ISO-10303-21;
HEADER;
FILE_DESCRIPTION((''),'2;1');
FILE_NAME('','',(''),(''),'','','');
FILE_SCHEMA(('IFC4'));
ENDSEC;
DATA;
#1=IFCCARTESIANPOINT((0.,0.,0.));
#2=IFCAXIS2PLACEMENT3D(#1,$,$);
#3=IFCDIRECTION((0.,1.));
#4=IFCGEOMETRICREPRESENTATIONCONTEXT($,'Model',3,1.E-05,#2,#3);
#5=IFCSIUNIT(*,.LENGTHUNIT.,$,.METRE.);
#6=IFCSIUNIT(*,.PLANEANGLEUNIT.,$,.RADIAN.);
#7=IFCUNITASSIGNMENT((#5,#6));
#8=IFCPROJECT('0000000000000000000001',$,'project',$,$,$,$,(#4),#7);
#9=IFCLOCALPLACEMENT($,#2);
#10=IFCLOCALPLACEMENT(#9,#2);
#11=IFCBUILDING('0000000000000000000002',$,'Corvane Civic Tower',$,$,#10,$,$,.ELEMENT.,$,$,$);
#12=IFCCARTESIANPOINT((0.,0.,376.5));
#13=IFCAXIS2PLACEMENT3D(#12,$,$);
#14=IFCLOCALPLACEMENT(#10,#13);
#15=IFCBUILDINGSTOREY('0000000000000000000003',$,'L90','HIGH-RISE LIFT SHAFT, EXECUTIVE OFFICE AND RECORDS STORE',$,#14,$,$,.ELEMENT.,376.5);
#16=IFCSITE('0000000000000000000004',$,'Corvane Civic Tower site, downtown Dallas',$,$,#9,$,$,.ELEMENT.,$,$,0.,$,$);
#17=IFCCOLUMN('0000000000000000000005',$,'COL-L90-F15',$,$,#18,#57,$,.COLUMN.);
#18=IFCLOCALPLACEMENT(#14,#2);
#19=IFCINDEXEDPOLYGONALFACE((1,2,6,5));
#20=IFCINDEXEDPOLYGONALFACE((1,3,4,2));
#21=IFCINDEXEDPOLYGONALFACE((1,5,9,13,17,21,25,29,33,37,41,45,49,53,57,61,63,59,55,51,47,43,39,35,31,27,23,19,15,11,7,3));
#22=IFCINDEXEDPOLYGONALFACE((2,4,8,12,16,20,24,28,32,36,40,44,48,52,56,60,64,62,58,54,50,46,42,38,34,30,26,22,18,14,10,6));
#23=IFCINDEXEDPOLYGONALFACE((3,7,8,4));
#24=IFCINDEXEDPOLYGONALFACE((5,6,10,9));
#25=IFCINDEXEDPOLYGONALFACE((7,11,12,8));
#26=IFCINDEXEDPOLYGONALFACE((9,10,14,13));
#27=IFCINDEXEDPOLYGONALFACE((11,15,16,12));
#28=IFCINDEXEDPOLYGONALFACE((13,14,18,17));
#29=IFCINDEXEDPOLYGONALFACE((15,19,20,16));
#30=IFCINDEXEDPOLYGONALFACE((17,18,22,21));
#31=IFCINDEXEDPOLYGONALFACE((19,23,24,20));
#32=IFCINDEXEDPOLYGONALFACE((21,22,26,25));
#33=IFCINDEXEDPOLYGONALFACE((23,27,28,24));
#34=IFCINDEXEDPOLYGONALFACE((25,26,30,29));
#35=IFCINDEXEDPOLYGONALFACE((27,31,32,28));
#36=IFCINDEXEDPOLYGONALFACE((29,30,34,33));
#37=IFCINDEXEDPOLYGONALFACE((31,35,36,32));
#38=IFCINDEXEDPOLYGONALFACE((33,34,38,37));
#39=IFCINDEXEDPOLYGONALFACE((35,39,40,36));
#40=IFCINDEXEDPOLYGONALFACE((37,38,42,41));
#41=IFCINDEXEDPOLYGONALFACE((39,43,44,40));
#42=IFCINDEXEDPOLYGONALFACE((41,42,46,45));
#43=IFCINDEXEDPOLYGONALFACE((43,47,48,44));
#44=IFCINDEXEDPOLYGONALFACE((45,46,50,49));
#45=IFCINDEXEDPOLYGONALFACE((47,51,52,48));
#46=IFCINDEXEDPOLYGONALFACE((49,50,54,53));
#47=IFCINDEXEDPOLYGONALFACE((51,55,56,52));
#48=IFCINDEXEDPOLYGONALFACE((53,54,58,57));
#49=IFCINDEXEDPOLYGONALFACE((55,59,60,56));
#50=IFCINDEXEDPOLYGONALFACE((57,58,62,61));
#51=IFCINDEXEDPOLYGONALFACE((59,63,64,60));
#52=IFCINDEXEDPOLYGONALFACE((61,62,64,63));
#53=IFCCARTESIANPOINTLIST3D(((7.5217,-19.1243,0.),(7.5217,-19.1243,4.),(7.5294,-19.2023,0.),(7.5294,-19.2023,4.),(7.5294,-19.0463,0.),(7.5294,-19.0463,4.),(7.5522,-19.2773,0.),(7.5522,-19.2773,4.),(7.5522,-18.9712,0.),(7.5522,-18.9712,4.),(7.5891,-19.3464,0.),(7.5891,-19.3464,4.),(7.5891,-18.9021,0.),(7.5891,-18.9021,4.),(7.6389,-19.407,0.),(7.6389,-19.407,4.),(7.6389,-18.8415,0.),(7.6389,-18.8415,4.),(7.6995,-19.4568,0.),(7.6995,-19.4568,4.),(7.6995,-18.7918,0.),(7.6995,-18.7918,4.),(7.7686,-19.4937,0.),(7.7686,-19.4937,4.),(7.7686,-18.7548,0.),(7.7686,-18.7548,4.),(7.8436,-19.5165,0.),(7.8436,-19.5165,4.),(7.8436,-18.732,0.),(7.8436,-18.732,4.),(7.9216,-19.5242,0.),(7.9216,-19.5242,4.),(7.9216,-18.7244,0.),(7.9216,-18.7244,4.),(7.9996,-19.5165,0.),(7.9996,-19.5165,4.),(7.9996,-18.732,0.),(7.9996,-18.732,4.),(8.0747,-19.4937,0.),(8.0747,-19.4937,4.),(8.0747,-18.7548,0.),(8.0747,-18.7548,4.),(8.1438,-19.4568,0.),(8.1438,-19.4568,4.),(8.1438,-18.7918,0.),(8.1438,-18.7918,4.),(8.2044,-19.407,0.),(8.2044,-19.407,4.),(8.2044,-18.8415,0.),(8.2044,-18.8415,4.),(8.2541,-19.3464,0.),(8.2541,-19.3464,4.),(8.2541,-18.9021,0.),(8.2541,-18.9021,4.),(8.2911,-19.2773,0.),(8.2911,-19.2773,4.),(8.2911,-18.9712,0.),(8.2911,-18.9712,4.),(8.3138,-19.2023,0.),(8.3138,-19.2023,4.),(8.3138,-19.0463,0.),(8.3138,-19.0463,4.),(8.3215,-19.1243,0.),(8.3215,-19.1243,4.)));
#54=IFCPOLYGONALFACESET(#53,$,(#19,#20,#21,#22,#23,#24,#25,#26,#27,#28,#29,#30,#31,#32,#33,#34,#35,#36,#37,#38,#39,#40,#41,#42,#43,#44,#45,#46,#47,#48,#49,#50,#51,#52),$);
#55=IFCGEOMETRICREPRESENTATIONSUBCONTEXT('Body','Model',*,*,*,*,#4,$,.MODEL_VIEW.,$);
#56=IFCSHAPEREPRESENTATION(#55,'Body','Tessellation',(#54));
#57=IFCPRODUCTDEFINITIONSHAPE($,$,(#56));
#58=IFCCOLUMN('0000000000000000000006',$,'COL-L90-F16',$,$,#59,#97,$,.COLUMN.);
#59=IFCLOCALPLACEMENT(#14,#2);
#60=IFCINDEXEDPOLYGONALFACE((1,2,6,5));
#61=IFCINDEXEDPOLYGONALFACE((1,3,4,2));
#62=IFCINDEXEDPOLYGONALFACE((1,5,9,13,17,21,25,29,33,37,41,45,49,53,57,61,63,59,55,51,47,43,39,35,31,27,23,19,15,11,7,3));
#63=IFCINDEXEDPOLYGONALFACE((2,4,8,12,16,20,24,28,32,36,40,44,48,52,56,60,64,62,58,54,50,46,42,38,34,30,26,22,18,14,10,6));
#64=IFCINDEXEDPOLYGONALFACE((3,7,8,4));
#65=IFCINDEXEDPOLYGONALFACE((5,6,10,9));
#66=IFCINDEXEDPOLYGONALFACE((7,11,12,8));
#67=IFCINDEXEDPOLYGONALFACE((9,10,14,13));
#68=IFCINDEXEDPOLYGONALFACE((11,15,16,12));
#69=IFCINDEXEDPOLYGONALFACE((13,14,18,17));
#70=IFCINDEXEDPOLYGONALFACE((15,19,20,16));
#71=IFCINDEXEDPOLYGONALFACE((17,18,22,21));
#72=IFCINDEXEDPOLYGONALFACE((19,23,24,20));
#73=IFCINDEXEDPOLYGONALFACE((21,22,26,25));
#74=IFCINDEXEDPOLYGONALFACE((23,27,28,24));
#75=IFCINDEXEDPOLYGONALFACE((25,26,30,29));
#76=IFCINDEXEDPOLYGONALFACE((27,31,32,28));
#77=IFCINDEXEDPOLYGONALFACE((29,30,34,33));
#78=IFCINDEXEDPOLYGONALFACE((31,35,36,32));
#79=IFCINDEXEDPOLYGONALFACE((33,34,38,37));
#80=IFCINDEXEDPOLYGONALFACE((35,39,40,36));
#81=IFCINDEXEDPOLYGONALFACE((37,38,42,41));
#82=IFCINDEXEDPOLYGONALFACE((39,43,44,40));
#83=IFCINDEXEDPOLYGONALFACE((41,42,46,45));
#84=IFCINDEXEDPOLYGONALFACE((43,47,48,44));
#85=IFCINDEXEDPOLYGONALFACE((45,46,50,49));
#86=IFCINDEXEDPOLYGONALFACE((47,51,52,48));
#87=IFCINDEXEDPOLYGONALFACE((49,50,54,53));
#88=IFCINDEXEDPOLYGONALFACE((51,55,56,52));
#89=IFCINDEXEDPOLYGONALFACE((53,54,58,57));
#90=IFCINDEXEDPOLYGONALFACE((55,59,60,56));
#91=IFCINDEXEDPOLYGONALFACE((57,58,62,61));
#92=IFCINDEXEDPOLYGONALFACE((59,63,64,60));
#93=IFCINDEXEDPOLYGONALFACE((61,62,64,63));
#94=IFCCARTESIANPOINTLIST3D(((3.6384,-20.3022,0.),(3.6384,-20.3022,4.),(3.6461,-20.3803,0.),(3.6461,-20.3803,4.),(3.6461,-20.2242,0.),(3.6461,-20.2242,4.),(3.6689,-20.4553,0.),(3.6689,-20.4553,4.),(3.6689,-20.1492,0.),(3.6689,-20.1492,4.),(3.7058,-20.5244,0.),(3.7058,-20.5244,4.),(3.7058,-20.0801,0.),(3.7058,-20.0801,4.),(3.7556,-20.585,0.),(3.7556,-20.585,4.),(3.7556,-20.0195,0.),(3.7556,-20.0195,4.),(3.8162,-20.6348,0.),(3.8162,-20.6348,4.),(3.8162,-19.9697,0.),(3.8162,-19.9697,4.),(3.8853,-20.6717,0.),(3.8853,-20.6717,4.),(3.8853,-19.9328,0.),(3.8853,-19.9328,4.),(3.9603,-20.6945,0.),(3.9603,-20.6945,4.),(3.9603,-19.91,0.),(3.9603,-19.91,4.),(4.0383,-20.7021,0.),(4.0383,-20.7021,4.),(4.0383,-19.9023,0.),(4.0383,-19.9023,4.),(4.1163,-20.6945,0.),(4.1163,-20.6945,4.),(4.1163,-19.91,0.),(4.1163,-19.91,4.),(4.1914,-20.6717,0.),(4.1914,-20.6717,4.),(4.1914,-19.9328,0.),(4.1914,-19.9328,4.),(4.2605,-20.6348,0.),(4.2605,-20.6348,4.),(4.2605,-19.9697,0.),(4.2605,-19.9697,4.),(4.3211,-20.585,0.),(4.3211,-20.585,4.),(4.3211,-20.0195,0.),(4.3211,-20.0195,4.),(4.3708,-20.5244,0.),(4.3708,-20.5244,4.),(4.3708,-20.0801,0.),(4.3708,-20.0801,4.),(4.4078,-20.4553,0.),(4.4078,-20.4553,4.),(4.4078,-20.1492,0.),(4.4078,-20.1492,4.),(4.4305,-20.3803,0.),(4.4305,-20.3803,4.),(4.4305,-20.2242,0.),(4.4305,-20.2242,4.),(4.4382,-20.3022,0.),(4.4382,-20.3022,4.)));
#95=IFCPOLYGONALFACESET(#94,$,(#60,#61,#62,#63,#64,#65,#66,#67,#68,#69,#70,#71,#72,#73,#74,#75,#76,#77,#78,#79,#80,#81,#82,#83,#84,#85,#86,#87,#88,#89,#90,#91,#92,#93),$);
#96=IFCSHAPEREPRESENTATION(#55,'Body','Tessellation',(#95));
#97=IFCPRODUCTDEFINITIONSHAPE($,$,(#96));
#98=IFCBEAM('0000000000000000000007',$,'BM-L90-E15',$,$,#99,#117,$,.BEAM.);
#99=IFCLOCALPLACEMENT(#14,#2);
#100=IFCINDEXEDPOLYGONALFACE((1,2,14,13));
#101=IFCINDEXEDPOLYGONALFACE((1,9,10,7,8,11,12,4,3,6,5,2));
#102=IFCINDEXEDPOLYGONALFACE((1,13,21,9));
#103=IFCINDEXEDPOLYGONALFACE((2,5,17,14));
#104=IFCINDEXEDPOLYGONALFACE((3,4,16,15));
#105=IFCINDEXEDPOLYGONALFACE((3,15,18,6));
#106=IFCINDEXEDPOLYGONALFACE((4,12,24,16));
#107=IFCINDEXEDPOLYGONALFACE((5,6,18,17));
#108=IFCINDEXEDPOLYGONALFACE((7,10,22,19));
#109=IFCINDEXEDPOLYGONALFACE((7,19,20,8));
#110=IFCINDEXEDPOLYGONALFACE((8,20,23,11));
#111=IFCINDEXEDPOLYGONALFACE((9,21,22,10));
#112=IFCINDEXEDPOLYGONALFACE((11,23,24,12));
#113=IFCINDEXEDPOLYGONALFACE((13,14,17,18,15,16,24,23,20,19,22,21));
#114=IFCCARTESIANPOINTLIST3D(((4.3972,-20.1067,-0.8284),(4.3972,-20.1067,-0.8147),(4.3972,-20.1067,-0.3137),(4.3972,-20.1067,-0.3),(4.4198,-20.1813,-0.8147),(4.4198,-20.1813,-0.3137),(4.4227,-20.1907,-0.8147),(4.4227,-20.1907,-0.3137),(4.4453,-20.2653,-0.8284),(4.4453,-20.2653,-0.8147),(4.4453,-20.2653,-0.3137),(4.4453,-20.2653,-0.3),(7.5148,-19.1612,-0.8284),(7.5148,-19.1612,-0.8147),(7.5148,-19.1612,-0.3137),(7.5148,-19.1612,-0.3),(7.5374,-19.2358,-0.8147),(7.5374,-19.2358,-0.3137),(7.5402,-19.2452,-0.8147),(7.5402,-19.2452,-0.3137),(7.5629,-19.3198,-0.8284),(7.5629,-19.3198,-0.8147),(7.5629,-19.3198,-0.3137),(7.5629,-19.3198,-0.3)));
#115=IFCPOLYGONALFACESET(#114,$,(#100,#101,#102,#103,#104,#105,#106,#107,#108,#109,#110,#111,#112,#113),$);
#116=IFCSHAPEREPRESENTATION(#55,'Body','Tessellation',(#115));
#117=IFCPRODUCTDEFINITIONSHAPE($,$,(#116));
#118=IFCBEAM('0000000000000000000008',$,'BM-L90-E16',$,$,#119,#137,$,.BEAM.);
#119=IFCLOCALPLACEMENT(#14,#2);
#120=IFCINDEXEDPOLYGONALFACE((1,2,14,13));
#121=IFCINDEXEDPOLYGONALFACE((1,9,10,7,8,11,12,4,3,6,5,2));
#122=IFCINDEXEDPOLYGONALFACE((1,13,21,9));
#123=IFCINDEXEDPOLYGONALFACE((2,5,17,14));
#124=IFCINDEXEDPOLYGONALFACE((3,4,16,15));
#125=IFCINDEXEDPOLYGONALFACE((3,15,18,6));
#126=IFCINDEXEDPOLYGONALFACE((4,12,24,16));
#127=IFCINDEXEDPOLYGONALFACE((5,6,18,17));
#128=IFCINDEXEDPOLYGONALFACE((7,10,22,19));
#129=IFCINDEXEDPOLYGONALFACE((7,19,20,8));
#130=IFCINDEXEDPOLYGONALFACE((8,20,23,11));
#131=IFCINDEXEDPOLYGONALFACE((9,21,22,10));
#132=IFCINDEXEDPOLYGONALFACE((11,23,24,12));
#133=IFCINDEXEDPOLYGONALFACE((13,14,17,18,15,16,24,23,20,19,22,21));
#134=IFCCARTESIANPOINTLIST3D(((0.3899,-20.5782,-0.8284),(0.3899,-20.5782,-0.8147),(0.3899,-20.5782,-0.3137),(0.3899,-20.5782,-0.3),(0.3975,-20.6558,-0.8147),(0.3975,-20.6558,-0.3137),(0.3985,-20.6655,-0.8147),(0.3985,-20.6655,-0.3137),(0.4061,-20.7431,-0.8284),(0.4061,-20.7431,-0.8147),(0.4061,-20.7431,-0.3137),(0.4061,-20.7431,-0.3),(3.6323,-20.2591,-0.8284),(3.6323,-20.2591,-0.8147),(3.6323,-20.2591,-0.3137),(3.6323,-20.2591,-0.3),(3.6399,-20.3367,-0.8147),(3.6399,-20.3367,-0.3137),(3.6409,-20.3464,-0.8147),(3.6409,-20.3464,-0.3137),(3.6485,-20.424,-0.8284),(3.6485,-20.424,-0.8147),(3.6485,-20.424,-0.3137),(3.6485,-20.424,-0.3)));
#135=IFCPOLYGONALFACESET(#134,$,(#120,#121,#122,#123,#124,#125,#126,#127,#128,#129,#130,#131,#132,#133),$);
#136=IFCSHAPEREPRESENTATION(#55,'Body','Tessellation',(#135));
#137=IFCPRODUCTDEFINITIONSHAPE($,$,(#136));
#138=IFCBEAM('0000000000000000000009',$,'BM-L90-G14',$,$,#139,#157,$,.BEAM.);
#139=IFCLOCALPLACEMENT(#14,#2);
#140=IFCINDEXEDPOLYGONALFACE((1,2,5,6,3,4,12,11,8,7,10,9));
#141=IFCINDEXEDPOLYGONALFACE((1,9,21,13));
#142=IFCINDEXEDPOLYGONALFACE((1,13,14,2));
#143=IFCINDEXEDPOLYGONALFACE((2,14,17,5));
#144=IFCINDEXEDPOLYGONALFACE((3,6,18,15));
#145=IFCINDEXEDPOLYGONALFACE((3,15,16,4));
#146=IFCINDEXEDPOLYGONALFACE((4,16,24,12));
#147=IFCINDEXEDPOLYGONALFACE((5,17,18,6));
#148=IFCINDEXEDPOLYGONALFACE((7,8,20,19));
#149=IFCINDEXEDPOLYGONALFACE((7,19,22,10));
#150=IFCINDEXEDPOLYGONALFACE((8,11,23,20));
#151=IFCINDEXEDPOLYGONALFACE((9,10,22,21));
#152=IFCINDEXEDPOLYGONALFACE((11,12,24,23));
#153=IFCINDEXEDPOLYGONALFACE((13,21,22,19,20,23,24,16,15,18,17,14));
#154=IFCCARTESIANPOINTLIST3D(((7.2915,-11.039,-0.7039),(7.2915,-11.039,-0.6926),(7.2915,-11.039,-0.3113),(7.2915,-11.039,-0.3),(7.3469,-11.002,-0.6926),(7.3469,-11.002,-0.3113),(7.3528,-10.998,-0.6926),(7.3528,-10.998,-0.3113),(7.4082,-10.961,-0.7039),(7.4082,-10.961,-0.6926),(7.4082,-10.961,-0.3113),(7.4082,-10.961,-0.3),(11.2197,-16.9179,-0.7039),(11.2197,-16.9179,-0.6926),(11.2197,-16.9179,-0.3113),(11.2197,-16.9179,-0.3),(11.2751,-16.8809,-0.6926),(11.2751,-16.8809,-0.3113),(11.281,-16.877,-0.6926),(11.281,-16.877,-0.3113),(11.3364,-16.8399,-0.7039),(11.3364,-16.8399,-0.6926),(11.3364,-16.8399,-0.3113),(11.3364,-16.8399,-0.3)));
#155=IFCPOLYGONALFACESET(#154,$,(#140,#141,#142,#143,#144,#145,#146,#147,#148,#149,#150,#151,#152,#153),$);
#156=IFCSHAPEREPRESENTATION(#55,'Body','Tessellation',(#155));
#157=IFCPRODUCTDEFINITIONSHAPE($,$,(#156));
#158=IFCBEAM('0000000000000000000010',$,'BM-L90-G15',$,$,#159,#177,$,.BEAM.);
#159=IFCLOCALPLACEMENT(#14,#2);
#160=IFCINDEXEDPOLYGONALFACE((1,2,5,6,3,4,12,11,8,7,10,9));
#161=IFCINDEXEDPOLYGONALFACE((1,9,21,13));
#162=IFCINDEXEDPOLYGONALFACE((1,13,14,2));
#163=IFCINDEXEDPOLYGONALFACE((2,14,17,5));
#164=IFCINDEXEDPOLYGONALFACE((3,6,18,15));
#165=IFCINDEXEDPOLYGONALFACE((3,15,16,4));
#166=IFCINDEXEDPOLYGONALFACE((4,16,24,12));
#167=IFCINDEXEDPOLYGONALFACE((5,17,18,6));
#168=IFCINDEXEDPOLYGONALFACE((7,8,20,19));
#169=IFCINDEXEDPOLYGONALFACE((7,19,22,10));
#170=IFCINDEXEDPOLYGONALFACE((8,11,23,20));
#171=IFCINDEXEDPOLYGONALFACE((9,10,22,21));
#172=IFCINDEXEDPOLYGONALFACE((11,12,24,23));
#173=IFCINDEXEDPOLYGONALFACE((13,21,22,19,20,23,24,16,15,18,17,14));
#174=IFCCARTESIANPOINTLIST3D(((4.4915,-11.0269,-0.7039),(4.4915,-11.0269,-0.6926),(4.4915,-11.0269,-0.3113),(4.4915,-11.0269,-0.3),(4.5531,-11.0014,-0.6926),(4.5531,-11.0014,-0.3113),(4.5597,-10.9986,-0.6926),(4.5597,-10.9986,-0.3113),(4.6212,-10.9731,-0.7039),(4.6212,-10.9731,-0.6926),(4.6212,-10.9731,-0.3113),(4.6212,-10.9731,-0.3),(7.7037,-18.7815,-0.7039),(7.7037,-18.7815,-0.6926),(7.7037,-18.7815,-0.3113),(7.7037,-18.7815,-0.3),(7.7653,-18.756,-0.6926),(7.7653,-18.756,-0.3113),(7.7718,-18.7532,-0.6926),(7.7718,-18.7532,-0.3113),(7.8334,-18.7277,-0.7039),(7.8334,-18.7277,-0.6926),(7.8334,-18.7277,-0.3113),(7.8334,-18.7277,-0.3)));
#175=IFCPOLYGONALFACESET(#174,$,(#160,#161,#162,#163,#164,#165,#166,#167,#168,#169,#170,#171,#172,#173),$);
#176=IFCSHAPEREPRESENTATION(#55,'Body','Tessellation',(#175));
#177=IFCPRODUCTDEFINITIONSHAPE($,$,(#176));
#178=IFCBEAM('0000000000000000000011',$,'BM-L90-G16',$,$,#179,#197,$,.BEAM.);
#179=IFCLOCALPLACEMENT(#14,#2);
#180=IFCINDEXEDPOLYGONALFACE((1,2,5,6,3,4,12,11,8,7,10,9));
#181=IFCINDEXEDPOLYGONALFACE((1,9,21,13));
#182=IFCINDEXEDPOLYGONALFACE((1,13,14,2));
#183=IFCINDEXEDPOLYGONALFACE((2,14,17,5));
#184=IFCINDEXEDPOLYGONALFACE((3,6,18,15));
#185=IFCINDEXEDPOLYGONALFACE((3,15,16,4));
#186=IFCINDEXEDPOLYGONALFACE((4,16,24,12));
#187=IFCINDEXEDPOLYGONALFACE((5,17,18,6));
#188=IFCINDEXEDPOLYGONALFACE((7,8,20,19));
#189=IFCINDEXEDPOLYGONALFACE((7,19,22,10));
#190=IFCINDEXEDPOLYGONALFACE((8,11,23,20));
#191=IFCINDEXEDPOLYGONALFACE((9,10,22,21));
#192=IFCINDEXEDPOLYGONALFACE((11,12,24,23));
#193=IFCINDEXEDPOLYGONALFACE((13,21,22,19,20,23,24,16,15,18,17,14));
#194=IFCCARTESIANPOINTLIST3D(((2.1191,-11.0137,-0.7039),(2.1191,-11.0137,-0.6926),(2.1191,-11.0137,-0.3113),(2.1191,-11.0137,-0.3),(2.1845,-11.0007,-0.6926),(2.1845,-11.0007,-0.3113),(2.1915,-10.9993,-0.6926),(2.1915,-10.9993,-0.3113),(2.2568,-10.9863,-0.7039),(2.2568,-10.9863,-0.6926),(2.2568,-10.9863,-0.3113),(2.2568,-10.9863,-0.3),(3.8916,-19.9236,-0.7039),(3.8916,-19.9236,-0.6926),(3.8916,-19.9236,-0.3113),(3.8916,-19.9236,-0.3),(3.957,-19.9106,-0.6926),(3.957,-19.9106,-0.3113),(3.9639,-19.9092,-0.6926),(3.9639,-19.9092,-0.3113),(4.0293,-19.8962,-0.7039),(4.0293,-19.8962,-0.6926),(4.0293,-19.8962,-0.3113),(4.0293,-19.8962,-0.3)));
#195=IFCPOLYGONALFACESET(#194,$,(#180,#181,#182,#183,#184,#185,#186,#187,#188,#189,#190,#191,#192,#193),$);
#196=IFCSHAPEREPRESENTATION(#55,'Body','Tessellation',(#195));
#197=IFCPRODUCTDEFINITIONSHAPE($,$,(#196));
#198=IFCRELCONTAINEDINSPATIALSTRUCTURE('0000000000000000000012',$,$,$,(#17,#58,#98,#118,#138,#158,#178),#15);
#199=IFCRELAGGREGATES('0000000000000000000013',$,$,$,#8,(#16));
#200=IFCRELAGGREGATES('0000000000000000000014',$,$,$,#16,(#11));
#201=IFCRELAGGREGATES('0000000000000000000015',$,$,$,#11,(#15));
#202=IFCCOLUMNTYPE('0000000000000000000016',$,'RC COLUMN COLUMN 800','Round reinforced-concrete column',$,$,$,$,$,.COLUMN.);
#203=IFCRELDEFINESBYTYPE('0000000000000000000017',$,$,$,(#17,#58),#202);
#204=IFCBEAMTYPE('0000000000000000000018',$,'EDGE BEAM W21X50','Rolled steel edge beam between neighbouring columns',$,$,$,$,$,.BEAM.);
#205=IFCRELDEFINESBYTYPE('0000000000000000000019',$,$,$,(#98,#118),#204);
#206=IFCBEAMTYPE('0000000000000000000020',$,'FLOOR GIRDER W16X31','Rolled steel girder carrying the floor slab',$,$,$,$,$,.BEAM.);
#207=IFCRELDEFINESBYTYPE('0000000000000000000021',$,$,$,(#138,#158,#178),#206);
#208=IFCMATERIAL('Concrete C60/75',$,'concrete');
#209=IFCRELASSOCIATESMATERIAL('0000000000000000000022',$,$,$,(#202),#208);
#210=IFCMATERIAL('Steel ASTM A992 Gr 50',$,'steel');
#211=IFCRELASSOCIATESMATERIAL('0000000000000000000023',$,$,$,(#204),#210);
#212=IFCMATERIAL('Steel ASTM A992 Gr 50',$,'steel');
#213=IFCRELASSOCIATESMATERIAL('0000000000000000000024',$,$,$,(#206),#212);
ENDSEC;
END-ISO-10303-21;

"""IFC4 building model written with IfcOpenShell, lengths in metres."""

from ifc_helpers import new_model, si_unit, direction, frame, origin, origin_2d, place, context, subcontext, project, spatial, circle, i_section, extrude, material, material_profile, profile_set, type_object, element, save


model = new_model("IFC4")

# Units and contexts
model_context = context("Model", 3, precision=1e-05, world=origin(), true_north=direction((0.0, 1.0)))
body_context = subcontext(model_context, "Body", "Model", "MODEL_VIEW")
ifc_project = project(units=[si_unit("LENGTHUNIT", "METRE"), si_unit("PLANEANGLEUNIT", "RADIAN")], contexts=[model_context])

# Site, building, storey
site_placement = place(None, origin())
site = spatial("IfcSite", under=ifc_project, at=site_placement, Name="Corvane Civic Tower site, downtown Dallas", CompositionType="ELEMENT", RefElevation=0.0)
building_placement = place(site_placement, origin())
building = spatial("IfcBuilding", under=site, at=building_placement, Name="Corvane Civic Tower", CompositionType="ELEMENT")
storey_placement = place(building_placement, frame((0.0, 0.0, 376.5)))
storey = spatial("IfcBuildingStorey", under=building, at=storey_placement, Name="L90", Description="HIGH-RISE LIFT SHAFT, EXECUTIVE OFFICE AND RECORDS STORE", CompositionType="ELEMENT", Elevation=376.5)

# Columns
ifc_material_1 = material(Name="Concrete C60/75", Category="concrete")
ifc_material_profile_1 = material_profile(ifc_material_1, circle(Radius=0.3999, at=origin_2d()), Name="COLUMN 800")
ifc_profile_set_1 = profile_set([ifc_material_profile_1], Name="Concrete C60/75")
column_type = type_object("IfcColumnType", Name="RC COLUMN COLUMN 800", Description="Round reinforced-concrete column", PredefinedType="COLUMN", material=ifc_profile_set_1)
for number, where, z_axis, x_axis, name in (
    (1, (7.9216, -19.1243, 0.0), (0.0, 0.0, 1.0), (1.0, 0.0, 0.0), "COL-L90-F15"),
    (2, (4.0383, -20.3022, 0.0), (0.0, 0.0, 1.0), (1.0, 0.0, 0.0), "COL-L90-F16"),
):
    element("IfcColumn", number, at=place(storey_placement, frame(where, z_axis=z_axis, x_axis=x_axis)), inside=storey, type_object=column_type, Name=name, PredefinedType="COLUMN", context=body_context, shape_type="SweptSolid", body=[
        extrude(circle(Radius=0.3999, at=origin_2d()), origin(), (0.0, 0.0, 1.0), 4.0),
    ])

# Beams
ifc_material_2 = material(Name="Steel ASTM A992 Gr 50", Category="steel")
ifc_material_profile_2 = material_profile(ifc_material_2, i_section(OverallWidth=0.1658, OverallDepth=0.5283, WebThickness=0.0098, FlangeThickness=0.0137, at=origin_2d()), Name="W21X50")
ifc_profile_set_2 = profile_set([ifc_material_profile_2], Name="Steel ASTM A992 Gr 50")
beam_type_1 = type_object("IfcBeamType", Name="EDGE BEAM W21X50", Description="Rolled steel edge beam between neighbouring columns", PredefinedType="BEAM", material=ifc_profile_set_2)
beam_1_placement = place(storey_placement, frame((7.5388, -19.2405, -0.5642), z_axis=(-0.956956, -0.290234, 0.0), x_axis=(0.290234, -0.956956, 0.0)))
element("IfcBeam", 3, at=beam_1_placement, inside=storey, type_object=beam_type_1, Name="BM-L90-E15", PredefinedType="BEAM", context=body_context, shape_type="SweptSolid", body=[
    extrude(i_section(OverallWidth=0.1658, OverallDepth=0.5283, WebThickness=0.0098, FlangeThickness=0.0137, at=origin_2d()), origin(), (0.0, 0.0, 1.0), 3.2578),
])
beam_2_placement = place(storey_placement, frame((3.6404, -20.3416, -0.5642), z_axis=(-0.995193, -0.097938, 0.0), x_axis=(0.097938, -0.995193, 0.0)))
element("IfcBeam", 4, at=beam_2_placement, inside=storey, type_object=beam_type_1, Name="BM-L90-E16", PredefinedType="BEAM", context=body_context, shape_type="SweptSolid", body=[
    extrude(i_section(OverallWidth=0.1658, OverallDepth=0.5283, WebThickness=0.0098, FlangeThickness=0.0137, at=origin_2d()), origin(), (0.0, 0.0, 1.0), 3.2581),
])
ifc_material_3 = material(Name="Steel ASTM A992 Gr 50", Category="steel")
ifc_material_profile_3 = material_profile(ifc_material_3, i_section(OverallWidth=0.1404, OverallDepth=0.4038, WebThickness=0.0071, FlangeThickness=0.0112, at=origin_2d()), Name="W16X31")
ifc_profile_set_3 = profile_set([ifc_material_profile_3], Name="Steel ASTM A992 Gr 50")
beam_type_2 = type_object("IfcBeamType", Name="FLOOR GIRDER W16X31", Description="Rolled steel girder carrying the floor slab", PredefinedType="BEAM", material=ifc_profile_set_3)
beam_3_placement = place(storey_placement, frame((7.3499, -11.0, -0.502), z_axis=(0.555576, -0.831465, 0.0), x_axis=(0.831465, 0.555576, 0.0)))
element("IfcBeam", 5, at=beam_3_placement, inside=storey, type_object=beam_type_2, Name="BM-L90-G14", PredefinedType="BEAM", context=body_context, shape_type="SweptSolid", body=[
    extrude(i_section(OverallWidth=0.1404, OverallDepth=0.4038, WebThickness=0.0071, FlangeThickness=0.0112, at=origin_2d()), origin(), (0.0, 0.0, 1.0), 7.0706),
])
beam_4_placement = place(storey_placement, frame((4.5564, -11.0, -0.502), z_axis=(0.382692, -0.923876, 0.0), x_axis=(0.923876, 0.382692, 0.0)))
element("IfcBeam", 6, at=beam_4_placement, inside=storey, type_object=beam_type_2, Name="BM-L90-G15", PredefinedType="BEAM", context=body_context, shape_type="SweptSolid", body=[
    extrude(i_section(OverallWidth=0.1404, OverallDepth=0.4038, WebThickness=0.0071, FlangeThickness=0.0112, at=origin_2d()), origin(), (0.0, 0.0, 1.0), 8.3936),
])
beam_5_placement = place(storey_placement, frame((2.188, -11.0, -0.502), z_axis=(0.195108, -0.980782, 0.0), x_axis=(0.980782, 0.195108, 0.0)))
element("IfcBeam", 7, at=beam_5_placement, inside=storey, type_object=beam_type_2, Name="BM-L90-G16", PredefinedType="BEAM", context=body_context, shape_type="SweptSolid", body=[
    extrude(i_section(OverallWidth=0.1404, OverallDepth=0.4038, WebThickness=0.0071, FlangeThickness=0.0112, at=origin_2d()), origin(), (0.0, 0.0, 1.0), 9.0845),
])

save(model, "model.ifc")
